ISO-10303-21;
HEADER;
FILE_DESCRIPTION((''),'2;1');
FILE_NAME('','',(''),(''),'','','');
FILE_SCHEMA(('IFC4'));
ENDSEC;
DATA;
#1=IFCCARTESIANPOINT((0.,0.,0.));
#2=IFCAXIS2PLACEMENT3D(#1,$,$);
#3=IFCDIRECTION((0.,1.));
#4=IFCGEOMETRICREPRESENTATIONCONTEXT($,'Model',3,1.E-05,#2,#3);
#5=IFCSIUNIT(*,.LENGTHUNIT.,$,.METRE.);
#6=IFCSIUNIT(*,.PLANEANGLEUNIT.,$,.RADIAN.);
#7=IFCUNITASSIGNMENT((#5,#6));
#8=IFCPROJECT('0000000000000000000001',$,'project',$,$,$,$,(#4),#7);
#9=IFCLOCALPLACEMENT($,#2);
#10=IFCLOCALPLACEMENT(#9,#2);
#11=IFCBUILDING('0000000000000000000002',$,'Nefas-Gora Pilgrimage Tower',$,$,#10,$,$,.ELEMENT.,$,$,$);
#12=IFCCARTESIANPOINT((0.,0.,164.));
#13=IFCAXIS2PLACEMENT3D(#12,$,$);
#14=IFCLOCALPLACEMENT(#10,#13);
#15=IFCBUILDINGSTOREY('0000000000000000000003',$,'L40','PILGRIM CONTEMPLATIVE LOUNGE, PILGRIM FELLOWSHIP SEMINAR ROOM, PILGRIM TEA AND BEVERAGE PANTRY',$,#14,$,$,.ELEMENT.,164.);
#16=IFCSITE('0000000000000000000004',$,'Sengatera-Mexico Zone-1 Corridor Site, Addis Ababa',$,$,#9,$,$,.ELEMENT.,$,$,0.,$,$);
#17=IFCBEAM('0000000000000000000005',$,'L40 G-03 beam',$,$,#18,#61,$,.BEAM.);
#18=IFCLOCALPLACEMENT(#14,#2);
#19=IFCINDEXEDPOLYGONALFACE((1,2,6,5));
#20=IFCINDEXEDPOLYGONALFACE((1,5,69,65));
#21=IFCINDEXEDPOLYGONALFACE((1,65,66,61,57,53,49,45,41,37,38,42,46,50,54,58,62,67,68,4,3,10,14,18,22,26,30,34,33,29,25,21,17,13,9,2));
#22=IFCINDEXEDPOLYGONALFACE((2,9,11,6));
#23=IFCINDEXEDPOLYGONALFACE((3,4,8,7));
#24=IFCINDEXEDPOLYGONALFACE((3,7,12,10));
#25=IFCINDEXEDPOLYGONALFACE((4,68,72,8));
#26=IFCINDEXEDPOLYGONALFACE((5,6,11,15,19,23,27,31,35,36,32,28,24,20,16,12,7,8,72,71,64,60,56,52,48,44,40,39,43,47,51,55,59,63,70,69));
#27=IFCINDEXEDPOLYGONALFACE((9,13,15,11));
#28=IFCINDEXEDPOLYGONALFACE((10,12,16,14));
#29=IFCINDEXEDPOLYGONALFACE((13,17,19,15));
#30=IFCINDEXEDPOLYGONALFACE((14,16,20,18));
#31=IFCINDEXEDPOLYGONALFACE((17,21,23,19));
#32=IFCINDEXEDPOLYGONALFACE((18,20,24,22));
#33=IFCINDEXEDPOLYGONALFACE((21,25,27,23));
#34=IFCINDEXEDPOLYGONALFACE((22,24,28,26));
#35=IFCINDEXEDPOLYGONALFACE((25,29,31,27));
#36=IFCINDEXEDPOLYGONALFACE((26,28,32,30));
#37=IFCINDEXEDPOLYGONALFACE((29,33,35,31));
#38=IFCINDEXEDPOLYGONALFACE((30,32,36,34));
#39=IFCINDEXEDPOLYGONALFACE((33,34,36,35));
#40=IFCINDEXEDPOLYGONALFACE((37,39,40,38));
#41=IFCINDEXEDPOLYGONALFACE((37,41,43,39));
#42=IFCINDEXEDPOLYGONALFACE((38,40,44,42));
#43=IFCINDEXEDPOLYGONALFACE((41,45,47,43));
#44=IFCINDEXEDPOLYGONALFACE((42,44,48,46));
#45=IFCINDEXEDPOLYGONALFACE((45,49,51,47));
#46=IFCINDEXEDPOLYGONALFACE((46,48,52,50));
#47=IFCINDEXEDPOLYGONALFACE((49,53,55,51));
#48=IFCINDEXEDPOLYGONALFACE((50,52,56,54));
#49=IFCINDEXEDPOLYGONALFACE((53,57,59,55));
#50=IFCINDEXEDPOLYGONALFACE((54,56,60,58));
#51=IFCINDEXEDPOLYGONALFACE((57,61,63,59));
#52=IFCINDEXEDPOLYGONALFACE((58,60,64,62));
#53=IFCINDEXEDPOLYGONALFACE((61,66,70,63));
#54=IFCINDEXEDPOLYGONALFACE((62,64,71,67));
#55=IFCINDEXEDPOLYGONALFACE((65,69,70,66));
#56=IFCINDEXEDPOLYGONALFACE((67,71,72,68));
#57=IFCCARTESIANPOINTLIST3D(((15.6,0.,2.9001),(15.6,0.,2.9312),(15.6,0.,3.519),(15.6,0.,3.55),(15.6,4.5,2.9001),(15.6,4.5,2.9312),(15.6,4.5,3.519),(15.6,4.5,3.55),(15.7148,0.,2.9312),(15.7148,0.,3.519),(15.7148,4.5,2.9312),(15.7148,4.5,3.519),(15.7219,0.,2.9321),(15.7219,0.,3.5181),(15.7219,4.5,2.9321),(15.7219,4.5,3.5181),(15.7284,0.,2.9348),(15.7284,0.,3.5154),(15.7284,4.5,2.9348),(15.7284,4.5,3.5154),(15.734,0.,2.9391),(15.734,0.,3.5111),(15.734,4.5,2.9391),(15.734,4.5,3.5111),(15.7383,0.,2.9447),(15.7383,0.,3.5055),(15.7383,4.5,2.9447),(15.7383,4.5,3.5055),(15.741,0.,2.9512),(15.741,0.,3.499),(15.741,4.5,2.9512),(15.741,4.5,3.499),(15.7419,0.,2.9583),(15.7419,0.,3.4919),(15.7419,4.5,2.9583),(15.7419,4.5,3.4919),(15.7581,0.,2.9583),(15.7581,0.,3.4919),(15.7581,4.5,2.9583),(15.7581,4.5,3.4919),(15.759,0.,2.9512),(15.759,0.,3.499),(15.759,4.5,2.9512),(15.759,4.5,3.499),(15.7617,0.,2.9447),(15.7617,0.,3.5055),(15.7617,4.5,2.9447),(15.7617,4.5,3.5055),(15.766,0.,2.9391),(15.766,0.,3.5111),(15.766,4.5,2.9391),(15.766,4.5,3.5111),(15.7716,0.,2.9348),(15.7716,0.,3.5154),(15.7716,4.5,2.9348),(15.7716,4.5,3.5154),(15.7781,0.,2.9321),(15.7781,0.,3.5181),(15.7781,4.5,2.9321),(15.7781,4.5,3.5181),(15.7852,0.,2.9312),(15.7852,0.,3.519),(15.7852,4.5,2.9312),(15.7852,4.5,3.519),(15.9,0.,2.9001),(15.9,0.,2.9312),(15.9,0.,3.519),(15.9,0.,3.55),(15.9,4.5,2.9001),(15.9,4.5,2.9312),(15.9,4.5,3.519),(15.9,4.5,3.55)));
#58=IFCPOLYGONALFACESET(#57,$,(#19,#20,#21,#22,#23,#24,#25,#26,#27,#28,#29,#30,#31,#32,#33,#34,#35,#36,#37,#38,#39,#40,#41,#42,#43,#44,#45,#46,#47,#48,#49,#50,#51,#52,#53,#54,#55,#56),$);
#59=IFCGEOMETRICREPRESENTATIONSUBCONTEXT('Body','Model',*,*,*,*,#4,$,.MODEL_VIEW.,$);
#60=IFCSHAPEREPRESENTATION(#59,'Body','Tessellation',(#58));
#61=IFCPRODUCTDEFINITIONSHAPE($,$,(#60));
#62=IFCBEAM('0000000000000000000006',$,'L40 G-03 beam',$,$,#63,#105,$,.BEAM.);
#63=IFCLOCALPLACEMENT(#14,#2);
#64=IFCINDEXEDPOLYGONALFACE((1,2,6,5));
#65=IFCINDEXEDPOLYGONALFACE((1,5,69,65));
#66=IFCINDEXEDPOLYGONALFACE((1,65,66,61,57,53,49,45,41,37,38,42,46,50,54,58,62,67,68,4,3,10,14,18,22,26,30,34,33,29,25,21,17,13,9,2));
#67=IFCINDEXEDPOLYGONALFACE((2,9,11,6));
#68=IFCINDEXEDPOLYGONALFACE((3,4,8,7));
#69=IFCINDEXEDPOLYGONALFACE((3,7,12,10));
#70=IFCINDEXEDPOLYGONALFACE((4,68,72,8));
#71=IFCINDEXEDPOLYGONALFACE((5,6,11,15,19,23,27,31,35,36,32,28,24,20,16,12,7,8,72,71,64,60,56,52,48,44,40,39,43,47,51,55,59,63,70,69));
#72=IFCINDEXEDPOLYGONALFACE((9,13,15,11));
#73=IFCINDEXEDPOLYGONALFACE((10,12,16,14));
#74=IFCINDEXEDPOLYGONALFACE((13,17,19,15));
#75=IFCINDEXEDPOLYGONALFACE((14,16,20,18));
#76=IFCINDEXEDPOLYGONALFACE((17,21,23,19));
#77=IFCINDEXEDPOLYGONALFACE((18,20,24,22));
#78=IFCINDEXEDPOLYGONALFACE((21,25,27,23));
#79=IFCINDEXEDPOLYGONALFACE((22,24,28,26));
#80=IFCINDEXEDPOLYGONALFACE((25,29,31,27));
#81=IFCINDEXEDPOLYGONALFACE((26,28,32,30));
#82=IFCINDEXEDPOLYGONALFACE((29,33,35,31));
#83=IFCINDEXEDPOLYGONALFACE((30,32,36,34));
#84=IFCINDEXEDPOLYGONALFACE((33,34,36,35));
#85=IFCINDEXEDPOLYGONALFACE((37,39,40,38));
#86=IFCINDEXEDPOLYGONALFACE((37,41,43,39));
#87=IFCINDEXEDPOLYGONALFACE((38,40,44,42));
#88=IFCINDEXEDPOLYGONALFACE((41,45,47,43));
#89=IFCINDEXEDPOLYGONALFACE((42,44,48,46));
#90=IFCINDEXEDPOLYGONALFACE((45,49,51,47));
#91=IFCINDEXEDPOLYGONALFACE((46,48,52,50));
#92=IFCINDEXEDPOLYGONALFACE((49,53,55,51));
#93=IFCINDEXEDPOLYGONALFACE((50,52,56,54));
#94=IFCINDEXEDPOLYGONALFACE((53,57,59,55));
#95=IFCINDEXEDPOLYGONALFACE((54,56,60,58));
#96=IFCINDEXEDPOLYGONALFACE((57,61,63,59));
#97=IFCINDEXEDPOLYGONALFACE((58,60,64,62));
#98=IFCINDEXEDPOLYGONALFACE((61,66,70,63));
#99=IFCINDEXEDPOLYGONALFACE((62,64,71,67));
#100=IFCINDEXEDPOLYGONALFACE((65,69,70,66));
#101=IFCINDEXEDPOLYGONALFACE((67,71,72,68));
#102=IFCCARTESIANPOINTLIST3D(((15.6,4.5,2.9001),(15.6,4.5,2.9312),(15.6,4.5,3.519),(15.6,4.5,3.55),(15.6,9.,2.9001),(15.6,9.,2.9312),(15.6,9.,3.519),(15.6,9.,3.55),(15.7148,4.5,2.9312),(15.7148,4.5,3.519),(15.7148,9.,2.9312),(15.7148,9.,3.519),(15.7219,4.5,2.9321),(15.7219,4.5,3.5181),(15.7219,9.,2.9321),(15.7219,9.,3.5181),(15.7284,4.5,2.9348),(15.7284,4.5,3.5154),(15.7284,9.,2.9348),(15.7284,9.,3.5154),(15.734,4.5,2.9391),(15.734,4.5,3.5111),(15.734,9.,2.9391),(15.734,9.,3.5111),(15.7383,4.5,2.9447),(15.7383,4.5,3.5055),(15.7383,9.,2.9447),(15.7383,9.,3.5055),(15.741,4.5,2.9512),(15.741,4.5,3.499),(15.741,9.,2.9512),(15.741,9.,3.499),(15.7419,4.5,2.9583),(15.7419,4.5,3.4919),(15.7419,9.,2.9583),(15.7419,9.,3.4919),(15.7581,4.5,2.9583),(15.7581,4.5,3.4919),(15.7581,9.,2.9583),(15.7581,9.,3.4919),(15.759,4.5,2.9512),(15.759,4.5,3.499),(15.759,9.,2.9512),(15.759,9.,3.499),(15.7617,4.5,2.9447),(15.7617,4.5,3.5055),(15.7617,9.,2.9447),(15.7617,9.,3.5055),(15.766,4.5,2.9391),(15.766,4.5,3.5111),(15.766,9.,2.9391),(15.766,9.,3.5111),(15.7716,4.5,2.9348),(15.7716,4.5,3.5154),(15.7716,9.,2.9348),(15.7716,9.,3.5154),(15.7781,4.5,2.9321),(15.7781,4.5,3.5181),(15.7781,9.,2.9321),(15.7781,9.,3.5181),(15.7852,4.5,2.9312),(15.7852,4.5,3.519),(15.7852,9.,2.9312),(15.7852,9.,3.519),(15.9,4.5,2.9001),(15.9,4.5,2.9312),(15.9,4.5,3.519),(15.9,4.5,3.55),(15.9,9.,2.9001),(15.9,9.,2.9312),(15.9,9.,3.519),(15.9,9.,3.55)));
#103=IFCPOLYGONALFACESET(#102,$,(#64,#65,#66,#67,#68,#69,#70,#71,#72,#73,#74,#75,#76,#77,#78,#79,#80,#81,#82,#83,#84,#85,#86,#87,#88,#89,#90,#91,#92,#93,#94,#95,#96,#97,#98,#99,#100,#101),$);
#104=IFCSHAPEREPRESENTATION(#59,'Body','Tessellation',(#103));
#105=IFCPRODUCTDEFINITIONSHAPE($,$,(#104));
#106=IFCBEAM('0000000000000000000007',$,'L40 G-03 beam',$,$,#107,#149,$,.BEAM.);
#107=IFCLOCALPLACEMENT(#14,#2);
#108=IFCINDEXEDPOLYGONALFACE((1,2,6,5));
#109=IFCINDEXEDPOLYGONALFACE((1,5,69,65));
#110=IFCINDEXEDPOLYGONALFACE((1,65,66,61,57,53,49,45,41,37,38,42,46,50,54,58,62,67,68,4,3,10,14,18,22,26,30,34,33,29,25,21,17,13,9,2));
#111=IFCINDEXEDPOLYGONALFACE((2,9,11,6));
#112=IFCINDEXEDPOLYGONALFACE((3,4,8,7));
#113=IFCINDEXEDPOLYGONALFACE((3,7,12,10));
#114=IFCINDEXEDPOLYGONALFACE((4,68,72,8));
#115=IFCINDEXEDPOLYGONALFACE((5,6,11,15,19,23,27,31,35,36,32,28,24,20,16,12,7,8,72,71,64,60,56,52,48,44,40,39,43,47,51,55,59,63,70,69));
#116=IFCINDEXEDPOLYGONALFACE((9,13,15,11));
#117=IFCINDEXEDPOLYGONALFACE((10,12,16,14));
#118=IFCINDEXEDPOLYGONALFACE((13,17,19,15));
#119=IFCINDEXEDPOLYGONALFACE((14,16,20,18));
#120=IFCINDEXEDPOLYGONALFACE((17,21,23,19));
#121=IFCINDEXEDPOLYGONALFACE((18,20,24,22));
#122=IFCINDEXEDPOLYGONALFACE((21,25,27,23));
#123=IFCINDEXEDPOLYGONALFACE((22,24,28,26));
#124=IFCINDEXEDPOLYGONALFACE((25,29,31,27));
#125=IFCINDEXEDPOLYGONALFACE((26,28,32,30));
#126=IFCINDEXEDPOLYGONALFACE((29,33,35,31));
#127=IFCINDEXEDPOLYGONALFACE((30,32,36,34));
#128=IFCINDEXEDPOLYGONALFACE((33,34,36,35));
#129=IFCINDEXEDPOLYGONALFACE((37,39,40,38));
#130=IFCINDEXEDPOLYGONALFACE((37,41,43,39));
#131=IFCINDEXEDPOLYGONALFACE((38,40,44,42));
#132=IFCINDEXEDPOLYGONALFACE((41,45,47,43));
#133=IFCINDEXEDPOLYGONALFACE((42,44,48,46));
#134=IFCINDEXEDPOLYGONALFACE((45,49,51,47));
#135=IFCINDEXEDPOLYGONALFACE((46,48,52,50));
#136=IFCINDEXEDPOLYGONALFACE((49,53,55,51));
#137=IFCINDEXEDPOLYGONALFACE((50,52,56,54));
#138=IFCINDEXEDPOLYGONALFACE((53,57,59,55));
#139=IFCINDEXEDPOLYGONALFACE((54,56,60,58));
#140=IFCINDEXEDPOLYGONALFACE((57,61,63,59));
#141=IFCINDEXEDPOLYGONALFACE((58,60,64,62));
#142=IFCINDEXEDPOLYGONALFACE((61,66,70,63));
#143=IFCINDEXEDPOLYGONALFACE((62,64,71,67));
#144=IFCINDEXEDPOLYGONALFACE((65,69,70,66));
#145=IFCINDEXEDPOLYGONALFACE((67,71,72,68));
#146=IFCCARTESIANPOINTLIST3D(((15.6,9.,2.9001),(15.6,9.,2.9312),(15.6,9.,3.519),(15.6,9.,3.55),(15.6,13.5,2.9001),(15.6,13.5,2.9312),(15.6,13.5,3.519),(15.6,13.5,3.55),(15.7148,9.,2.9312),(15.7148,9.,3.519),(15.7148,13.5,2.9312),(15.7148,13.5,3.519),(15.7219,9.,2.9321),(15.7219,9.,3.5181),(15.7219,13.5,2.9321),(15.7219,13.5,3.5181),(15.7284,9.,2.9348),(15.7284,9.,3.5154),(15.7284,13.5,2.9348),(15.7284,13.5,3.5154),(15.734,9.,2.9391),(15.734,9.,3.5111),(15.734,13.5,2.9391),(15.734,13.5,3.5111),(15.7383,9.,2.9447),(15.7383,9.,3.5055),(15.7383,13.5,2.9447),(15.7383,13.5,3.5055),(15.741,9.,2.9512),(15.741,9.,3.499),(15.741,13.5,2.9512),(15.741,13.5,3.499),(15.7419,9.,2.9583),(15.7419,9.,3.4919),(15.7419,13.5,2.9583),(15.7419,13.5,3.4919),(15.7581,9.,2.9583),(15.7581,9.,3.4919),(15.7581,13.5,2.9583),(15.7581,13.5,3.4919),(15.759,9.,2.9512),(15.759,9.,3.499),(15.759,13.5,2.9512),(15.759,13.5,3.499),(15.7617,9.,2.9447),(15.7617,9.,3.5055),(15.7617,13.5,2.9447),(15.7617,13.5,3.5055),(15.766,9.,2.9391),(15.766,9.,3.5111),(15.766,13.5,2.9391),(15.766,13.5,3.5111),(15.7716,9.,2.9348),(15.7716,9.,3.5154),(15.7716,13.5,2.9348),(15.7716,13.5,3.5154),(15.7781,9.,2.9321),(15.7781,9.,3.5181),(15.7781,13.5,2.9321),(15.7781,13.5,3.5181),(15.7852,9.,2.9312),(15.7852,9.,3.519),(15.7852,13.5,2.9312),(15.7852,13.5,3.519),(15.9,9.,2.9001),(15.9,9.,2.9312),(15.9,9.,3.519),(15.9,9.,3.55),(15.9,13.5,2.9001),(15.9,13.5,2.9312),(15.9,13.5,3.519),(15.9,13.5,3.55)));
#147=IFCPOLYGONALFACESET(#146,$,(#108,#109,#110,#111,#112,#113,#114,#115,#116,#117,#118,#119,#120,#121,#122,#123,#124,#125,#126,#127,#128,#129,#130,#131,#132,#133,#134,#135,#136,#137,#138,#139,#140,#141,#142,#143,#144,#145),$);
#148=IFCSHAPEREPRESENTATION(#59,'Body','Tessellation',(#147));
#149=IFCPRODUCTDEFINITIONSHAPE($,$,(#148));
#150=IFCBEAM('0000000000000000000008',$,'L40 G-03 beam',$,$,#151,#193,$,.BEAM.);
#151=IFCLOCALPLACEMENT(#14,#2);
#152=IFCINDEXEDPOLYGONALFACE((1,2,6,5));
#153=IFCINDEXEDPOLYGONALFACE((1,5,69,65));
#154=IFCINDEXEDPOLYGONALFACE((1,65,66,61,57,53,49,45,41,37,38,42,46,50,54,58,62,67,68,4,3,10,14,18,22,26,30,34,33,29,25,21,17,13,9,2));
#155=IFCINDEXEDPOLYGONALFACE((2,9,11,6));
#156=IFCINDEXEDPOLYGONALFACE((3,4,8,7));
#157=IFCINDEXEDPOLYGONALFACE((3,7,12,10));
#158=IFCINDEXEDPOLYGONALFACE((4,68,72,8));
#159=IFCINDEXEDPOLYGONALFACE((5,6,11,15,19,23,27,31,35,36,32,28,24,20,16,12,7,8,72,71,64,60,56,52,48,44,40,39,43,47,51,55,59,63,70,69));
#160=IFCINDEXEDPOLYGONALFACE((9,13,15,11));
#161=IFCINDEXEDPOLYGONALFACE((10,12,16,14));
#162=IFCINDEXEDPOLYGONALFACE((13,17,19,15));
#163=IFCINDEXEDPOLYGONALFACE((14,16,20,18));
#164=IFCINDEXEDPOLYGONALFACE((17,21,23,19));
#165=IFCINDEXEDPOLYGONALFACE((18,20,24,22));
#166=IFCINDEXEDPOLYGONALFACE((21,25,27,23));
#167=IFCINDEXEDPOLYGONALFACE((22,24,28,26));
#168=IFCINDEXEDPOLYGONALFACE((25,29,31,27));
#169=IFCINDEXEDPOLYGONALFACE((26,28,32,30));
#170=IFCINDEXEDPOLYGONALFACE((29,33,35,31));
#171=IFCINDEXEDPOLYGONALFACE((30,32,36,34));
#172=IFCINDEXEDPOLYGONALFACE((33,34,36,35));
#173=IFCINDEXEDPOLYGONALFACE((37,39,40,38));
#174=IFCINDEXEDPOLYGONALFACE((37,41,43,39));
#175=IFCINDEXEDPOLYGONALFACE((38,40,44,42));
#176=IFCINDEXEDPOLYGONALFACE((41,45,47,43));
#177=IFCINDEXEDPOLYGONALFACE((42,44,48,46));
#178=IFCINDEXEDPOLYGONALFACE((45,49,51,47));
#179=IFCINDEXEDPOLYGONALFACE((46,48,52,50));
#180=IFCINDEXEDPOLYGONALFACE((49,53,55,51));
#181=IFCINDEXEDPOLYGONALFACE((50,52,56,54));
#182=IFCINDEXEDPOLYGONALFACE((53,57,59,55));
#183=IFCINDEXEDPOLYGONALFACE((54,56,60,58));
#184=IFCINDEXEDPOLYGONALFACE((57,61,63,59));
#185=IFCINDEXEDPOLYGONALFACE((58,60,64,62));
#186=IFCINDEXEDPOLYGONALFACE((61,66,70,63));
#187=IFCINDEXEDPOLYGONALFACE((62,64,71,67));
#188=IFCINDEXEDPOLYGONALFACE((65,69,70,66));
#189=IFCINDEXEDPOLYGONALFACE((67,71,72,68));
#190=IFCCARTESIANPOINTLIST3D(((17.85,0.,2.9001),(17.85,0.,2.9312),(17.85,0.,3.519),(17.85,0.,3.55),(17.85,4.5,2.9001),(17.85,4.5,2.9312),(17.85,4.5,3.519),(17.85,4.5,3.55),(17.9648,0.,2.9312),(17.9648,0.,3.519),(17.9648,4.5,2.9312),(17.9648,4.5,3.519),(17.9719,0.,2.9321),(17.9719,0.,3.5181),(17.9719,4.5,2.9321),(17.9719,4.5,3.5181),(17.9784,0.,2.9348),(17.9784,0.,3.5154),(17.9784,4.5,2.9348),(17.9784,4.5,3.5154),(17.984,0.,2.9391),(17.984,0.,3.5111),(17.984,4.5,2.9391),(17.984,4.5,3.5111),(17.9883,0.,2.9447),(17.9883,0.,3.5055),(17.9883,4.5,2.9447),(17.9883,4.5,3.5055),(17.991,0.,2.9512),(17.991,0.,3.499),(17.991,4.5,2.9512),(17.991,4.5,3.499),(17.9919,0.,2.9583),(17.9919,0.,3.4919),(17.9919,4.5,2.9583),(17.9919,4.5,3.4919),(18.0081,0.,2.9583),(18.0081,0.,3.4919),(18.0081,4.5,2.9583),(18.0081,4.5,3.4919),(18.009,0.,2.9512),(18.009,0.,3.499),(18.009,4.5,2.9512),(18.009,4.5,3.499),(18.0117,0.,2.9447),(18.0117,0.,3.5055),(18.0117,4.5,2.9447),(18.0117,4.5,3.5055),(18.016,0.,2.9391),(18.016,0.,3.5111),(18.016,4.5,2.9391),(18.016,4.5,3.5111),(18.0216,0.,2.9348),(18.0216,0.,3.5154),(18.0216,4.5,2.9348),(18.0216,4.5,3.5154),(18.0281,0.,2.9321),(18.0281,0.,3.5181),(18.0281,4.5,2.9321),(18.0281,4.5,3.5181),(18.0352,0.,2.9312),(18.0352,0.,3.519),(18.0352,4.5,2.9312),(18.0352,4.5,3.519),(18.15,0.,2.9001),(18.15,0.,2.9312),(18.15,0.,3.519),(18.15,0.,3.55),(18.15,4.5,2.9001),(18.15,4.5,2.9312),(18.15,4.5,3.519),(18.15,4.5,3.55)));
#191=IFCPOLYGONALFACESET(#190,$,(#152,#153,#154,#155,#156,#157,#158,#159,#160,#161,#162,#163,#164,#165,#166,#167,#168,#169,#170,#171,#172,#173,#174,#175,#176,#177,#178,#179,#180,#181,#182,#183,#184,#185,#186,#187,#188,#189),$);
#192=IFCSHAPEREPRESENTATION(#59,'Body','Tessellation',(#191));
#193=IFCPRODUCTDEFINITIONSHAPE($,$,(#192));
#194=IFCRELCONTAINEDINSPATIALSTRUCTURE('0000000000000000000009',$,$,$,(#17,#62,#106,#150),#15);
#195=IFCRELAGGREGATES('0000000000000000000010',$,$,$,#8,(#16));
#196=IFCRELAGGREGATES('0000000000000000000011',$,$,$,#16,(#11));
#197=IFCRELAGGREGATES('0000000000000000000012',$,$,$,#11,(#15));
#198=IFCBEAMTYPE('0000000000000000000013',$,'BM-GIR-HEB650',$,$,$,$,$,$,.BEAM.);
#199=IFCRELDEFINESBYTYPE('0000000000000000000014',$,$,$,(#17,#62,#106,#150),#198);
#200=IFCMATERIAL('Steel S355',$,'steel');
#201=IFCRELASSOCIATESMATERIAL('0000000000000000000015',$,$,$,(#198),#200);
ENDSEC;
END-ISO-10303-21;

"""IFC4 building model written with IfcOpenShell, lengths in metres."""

from ifc_helpers import new_model, si_unit, direction, frame, origin, origin_2d, place, context, subcontext, project, spatial, i_section, extrude, source, transform, mapped, material, material_profile, profile_set, type_object, element, save


model = new_model("IFC4")

# Units and contexts
model_context = context("Model", 3, precision=1e-05, world=origin(), true_north=direction((0.0, 1.0)))
body_context = subcontext(model_context, "Body", "Model", "MODEL_VIEW")
ifc_project = project(units=[si_unit("LENGTHUNIT", "METRE"), si_unit("PLANEANGLEUNIT", "RADIAN")], contexts=[model_context])

# Site, building, storey
site_placement = place(None, origin())
site = spatial("IfcSite", under=ifc_project, at=site_placement, Name="Sengatera-Mexico Zone-1 Corridor Site, Addis Ababa", CompositionType="ELEMENT", RefElevation=0.0)
building_placement = place(site_placement, origin())
building = spatial("IfcBuilding", under=site, at=building_placement, Name="Nefas-Gora Pilgrimage Tower", CompositionType="ELEMENT")
storey_placement = place(building_placement, frame((0.0, 0.0, 164.0)))
storey = spatial("IfcBuildingStorey", under=building, at=storey_placement, Name="L40", Description="PILGRIM CONTEMPLATIVE LOUNGE, PILGRIM FELLOWSHIP SEMINAR ROOM, PILGRIM TEA AND BEVERAGE PANTRY", CompositionType="ELEMENT", Elevation=164.0)

# Beams
ifc_material_1 = material(Name="Steel S355", Category="steel")
ifc_material_profile_1 = material_profile(ifc_material_1, i_section(OverallWidth=0.3, OverallDepth=0.6499, WebThickness=0.0161, FlangeThickness=0.031, FilletRadius=0.0271, at=origin_2d()), Name="HEB 650")
ifc_profile_set_1 = profile_set([ifc_material_profile_1], Name="Steel S355")
beam_type_1 = type_object("IfcBeamType", Name="BM-GIR-HEB650", PredefinedType="BEAM", material=ifc_profile_set_1)
shared_shape_1 = source(origin(), body_context, "Body", "SweptSolid", [
    extrude(i_section(OverallWidth=0.3, OverallDepth=0.6499, WebThickness=0.0161, FlangeThickness=0.031, FilletRadius=0.0271, at=origin_2d()), origin(), (0.0, 0.0, 1.0), 4.5),
])
for number, where, z_axis, x_axis, name in (
    (1, (15.75, 0.0, 3.2251), (0.0, 1.0, 0.0), (-1.0, 0.0, 0.0), "L40 G-03 beam"),
    (2, (15.75, 4.5, 3.2251), (0.0, 1.0, 0.0), (-1.0, 0.0, 0.0), "L40 G-03 beam"),
    (3, (15.75, 9.0, 3.2251), (0.0, 1.0, 0.0), (-1.0, 0.0, 0.0), "L40 G-03 beam"),
    (4, (18.0, 0.0, 3.2251), (0.0, 1.0, 0.0), (-1.0, 0.0, 0.0), "L40 G-03 beam"),
):
    element("IfcBeam", number, at=place(storey_placement, frame(where, z_axis=z_axis, x_axis=x_axis)), inside=storey, type_object=beam_type_1, Name=name, PredefinedType="BEAM", context=body_context, shape_type="MappedRepresentation", body=[
        mapped(shared_shape_1, transform((0.0, 0.0, 0.0), x_axis=(1.0, 0.0, 0.0), y_axis=(0.0, 1.0, 0.0), z_axis=(0.0, 0.0, 1.0), scale=1.0)),
    ])

save(model, "model.ifc")
